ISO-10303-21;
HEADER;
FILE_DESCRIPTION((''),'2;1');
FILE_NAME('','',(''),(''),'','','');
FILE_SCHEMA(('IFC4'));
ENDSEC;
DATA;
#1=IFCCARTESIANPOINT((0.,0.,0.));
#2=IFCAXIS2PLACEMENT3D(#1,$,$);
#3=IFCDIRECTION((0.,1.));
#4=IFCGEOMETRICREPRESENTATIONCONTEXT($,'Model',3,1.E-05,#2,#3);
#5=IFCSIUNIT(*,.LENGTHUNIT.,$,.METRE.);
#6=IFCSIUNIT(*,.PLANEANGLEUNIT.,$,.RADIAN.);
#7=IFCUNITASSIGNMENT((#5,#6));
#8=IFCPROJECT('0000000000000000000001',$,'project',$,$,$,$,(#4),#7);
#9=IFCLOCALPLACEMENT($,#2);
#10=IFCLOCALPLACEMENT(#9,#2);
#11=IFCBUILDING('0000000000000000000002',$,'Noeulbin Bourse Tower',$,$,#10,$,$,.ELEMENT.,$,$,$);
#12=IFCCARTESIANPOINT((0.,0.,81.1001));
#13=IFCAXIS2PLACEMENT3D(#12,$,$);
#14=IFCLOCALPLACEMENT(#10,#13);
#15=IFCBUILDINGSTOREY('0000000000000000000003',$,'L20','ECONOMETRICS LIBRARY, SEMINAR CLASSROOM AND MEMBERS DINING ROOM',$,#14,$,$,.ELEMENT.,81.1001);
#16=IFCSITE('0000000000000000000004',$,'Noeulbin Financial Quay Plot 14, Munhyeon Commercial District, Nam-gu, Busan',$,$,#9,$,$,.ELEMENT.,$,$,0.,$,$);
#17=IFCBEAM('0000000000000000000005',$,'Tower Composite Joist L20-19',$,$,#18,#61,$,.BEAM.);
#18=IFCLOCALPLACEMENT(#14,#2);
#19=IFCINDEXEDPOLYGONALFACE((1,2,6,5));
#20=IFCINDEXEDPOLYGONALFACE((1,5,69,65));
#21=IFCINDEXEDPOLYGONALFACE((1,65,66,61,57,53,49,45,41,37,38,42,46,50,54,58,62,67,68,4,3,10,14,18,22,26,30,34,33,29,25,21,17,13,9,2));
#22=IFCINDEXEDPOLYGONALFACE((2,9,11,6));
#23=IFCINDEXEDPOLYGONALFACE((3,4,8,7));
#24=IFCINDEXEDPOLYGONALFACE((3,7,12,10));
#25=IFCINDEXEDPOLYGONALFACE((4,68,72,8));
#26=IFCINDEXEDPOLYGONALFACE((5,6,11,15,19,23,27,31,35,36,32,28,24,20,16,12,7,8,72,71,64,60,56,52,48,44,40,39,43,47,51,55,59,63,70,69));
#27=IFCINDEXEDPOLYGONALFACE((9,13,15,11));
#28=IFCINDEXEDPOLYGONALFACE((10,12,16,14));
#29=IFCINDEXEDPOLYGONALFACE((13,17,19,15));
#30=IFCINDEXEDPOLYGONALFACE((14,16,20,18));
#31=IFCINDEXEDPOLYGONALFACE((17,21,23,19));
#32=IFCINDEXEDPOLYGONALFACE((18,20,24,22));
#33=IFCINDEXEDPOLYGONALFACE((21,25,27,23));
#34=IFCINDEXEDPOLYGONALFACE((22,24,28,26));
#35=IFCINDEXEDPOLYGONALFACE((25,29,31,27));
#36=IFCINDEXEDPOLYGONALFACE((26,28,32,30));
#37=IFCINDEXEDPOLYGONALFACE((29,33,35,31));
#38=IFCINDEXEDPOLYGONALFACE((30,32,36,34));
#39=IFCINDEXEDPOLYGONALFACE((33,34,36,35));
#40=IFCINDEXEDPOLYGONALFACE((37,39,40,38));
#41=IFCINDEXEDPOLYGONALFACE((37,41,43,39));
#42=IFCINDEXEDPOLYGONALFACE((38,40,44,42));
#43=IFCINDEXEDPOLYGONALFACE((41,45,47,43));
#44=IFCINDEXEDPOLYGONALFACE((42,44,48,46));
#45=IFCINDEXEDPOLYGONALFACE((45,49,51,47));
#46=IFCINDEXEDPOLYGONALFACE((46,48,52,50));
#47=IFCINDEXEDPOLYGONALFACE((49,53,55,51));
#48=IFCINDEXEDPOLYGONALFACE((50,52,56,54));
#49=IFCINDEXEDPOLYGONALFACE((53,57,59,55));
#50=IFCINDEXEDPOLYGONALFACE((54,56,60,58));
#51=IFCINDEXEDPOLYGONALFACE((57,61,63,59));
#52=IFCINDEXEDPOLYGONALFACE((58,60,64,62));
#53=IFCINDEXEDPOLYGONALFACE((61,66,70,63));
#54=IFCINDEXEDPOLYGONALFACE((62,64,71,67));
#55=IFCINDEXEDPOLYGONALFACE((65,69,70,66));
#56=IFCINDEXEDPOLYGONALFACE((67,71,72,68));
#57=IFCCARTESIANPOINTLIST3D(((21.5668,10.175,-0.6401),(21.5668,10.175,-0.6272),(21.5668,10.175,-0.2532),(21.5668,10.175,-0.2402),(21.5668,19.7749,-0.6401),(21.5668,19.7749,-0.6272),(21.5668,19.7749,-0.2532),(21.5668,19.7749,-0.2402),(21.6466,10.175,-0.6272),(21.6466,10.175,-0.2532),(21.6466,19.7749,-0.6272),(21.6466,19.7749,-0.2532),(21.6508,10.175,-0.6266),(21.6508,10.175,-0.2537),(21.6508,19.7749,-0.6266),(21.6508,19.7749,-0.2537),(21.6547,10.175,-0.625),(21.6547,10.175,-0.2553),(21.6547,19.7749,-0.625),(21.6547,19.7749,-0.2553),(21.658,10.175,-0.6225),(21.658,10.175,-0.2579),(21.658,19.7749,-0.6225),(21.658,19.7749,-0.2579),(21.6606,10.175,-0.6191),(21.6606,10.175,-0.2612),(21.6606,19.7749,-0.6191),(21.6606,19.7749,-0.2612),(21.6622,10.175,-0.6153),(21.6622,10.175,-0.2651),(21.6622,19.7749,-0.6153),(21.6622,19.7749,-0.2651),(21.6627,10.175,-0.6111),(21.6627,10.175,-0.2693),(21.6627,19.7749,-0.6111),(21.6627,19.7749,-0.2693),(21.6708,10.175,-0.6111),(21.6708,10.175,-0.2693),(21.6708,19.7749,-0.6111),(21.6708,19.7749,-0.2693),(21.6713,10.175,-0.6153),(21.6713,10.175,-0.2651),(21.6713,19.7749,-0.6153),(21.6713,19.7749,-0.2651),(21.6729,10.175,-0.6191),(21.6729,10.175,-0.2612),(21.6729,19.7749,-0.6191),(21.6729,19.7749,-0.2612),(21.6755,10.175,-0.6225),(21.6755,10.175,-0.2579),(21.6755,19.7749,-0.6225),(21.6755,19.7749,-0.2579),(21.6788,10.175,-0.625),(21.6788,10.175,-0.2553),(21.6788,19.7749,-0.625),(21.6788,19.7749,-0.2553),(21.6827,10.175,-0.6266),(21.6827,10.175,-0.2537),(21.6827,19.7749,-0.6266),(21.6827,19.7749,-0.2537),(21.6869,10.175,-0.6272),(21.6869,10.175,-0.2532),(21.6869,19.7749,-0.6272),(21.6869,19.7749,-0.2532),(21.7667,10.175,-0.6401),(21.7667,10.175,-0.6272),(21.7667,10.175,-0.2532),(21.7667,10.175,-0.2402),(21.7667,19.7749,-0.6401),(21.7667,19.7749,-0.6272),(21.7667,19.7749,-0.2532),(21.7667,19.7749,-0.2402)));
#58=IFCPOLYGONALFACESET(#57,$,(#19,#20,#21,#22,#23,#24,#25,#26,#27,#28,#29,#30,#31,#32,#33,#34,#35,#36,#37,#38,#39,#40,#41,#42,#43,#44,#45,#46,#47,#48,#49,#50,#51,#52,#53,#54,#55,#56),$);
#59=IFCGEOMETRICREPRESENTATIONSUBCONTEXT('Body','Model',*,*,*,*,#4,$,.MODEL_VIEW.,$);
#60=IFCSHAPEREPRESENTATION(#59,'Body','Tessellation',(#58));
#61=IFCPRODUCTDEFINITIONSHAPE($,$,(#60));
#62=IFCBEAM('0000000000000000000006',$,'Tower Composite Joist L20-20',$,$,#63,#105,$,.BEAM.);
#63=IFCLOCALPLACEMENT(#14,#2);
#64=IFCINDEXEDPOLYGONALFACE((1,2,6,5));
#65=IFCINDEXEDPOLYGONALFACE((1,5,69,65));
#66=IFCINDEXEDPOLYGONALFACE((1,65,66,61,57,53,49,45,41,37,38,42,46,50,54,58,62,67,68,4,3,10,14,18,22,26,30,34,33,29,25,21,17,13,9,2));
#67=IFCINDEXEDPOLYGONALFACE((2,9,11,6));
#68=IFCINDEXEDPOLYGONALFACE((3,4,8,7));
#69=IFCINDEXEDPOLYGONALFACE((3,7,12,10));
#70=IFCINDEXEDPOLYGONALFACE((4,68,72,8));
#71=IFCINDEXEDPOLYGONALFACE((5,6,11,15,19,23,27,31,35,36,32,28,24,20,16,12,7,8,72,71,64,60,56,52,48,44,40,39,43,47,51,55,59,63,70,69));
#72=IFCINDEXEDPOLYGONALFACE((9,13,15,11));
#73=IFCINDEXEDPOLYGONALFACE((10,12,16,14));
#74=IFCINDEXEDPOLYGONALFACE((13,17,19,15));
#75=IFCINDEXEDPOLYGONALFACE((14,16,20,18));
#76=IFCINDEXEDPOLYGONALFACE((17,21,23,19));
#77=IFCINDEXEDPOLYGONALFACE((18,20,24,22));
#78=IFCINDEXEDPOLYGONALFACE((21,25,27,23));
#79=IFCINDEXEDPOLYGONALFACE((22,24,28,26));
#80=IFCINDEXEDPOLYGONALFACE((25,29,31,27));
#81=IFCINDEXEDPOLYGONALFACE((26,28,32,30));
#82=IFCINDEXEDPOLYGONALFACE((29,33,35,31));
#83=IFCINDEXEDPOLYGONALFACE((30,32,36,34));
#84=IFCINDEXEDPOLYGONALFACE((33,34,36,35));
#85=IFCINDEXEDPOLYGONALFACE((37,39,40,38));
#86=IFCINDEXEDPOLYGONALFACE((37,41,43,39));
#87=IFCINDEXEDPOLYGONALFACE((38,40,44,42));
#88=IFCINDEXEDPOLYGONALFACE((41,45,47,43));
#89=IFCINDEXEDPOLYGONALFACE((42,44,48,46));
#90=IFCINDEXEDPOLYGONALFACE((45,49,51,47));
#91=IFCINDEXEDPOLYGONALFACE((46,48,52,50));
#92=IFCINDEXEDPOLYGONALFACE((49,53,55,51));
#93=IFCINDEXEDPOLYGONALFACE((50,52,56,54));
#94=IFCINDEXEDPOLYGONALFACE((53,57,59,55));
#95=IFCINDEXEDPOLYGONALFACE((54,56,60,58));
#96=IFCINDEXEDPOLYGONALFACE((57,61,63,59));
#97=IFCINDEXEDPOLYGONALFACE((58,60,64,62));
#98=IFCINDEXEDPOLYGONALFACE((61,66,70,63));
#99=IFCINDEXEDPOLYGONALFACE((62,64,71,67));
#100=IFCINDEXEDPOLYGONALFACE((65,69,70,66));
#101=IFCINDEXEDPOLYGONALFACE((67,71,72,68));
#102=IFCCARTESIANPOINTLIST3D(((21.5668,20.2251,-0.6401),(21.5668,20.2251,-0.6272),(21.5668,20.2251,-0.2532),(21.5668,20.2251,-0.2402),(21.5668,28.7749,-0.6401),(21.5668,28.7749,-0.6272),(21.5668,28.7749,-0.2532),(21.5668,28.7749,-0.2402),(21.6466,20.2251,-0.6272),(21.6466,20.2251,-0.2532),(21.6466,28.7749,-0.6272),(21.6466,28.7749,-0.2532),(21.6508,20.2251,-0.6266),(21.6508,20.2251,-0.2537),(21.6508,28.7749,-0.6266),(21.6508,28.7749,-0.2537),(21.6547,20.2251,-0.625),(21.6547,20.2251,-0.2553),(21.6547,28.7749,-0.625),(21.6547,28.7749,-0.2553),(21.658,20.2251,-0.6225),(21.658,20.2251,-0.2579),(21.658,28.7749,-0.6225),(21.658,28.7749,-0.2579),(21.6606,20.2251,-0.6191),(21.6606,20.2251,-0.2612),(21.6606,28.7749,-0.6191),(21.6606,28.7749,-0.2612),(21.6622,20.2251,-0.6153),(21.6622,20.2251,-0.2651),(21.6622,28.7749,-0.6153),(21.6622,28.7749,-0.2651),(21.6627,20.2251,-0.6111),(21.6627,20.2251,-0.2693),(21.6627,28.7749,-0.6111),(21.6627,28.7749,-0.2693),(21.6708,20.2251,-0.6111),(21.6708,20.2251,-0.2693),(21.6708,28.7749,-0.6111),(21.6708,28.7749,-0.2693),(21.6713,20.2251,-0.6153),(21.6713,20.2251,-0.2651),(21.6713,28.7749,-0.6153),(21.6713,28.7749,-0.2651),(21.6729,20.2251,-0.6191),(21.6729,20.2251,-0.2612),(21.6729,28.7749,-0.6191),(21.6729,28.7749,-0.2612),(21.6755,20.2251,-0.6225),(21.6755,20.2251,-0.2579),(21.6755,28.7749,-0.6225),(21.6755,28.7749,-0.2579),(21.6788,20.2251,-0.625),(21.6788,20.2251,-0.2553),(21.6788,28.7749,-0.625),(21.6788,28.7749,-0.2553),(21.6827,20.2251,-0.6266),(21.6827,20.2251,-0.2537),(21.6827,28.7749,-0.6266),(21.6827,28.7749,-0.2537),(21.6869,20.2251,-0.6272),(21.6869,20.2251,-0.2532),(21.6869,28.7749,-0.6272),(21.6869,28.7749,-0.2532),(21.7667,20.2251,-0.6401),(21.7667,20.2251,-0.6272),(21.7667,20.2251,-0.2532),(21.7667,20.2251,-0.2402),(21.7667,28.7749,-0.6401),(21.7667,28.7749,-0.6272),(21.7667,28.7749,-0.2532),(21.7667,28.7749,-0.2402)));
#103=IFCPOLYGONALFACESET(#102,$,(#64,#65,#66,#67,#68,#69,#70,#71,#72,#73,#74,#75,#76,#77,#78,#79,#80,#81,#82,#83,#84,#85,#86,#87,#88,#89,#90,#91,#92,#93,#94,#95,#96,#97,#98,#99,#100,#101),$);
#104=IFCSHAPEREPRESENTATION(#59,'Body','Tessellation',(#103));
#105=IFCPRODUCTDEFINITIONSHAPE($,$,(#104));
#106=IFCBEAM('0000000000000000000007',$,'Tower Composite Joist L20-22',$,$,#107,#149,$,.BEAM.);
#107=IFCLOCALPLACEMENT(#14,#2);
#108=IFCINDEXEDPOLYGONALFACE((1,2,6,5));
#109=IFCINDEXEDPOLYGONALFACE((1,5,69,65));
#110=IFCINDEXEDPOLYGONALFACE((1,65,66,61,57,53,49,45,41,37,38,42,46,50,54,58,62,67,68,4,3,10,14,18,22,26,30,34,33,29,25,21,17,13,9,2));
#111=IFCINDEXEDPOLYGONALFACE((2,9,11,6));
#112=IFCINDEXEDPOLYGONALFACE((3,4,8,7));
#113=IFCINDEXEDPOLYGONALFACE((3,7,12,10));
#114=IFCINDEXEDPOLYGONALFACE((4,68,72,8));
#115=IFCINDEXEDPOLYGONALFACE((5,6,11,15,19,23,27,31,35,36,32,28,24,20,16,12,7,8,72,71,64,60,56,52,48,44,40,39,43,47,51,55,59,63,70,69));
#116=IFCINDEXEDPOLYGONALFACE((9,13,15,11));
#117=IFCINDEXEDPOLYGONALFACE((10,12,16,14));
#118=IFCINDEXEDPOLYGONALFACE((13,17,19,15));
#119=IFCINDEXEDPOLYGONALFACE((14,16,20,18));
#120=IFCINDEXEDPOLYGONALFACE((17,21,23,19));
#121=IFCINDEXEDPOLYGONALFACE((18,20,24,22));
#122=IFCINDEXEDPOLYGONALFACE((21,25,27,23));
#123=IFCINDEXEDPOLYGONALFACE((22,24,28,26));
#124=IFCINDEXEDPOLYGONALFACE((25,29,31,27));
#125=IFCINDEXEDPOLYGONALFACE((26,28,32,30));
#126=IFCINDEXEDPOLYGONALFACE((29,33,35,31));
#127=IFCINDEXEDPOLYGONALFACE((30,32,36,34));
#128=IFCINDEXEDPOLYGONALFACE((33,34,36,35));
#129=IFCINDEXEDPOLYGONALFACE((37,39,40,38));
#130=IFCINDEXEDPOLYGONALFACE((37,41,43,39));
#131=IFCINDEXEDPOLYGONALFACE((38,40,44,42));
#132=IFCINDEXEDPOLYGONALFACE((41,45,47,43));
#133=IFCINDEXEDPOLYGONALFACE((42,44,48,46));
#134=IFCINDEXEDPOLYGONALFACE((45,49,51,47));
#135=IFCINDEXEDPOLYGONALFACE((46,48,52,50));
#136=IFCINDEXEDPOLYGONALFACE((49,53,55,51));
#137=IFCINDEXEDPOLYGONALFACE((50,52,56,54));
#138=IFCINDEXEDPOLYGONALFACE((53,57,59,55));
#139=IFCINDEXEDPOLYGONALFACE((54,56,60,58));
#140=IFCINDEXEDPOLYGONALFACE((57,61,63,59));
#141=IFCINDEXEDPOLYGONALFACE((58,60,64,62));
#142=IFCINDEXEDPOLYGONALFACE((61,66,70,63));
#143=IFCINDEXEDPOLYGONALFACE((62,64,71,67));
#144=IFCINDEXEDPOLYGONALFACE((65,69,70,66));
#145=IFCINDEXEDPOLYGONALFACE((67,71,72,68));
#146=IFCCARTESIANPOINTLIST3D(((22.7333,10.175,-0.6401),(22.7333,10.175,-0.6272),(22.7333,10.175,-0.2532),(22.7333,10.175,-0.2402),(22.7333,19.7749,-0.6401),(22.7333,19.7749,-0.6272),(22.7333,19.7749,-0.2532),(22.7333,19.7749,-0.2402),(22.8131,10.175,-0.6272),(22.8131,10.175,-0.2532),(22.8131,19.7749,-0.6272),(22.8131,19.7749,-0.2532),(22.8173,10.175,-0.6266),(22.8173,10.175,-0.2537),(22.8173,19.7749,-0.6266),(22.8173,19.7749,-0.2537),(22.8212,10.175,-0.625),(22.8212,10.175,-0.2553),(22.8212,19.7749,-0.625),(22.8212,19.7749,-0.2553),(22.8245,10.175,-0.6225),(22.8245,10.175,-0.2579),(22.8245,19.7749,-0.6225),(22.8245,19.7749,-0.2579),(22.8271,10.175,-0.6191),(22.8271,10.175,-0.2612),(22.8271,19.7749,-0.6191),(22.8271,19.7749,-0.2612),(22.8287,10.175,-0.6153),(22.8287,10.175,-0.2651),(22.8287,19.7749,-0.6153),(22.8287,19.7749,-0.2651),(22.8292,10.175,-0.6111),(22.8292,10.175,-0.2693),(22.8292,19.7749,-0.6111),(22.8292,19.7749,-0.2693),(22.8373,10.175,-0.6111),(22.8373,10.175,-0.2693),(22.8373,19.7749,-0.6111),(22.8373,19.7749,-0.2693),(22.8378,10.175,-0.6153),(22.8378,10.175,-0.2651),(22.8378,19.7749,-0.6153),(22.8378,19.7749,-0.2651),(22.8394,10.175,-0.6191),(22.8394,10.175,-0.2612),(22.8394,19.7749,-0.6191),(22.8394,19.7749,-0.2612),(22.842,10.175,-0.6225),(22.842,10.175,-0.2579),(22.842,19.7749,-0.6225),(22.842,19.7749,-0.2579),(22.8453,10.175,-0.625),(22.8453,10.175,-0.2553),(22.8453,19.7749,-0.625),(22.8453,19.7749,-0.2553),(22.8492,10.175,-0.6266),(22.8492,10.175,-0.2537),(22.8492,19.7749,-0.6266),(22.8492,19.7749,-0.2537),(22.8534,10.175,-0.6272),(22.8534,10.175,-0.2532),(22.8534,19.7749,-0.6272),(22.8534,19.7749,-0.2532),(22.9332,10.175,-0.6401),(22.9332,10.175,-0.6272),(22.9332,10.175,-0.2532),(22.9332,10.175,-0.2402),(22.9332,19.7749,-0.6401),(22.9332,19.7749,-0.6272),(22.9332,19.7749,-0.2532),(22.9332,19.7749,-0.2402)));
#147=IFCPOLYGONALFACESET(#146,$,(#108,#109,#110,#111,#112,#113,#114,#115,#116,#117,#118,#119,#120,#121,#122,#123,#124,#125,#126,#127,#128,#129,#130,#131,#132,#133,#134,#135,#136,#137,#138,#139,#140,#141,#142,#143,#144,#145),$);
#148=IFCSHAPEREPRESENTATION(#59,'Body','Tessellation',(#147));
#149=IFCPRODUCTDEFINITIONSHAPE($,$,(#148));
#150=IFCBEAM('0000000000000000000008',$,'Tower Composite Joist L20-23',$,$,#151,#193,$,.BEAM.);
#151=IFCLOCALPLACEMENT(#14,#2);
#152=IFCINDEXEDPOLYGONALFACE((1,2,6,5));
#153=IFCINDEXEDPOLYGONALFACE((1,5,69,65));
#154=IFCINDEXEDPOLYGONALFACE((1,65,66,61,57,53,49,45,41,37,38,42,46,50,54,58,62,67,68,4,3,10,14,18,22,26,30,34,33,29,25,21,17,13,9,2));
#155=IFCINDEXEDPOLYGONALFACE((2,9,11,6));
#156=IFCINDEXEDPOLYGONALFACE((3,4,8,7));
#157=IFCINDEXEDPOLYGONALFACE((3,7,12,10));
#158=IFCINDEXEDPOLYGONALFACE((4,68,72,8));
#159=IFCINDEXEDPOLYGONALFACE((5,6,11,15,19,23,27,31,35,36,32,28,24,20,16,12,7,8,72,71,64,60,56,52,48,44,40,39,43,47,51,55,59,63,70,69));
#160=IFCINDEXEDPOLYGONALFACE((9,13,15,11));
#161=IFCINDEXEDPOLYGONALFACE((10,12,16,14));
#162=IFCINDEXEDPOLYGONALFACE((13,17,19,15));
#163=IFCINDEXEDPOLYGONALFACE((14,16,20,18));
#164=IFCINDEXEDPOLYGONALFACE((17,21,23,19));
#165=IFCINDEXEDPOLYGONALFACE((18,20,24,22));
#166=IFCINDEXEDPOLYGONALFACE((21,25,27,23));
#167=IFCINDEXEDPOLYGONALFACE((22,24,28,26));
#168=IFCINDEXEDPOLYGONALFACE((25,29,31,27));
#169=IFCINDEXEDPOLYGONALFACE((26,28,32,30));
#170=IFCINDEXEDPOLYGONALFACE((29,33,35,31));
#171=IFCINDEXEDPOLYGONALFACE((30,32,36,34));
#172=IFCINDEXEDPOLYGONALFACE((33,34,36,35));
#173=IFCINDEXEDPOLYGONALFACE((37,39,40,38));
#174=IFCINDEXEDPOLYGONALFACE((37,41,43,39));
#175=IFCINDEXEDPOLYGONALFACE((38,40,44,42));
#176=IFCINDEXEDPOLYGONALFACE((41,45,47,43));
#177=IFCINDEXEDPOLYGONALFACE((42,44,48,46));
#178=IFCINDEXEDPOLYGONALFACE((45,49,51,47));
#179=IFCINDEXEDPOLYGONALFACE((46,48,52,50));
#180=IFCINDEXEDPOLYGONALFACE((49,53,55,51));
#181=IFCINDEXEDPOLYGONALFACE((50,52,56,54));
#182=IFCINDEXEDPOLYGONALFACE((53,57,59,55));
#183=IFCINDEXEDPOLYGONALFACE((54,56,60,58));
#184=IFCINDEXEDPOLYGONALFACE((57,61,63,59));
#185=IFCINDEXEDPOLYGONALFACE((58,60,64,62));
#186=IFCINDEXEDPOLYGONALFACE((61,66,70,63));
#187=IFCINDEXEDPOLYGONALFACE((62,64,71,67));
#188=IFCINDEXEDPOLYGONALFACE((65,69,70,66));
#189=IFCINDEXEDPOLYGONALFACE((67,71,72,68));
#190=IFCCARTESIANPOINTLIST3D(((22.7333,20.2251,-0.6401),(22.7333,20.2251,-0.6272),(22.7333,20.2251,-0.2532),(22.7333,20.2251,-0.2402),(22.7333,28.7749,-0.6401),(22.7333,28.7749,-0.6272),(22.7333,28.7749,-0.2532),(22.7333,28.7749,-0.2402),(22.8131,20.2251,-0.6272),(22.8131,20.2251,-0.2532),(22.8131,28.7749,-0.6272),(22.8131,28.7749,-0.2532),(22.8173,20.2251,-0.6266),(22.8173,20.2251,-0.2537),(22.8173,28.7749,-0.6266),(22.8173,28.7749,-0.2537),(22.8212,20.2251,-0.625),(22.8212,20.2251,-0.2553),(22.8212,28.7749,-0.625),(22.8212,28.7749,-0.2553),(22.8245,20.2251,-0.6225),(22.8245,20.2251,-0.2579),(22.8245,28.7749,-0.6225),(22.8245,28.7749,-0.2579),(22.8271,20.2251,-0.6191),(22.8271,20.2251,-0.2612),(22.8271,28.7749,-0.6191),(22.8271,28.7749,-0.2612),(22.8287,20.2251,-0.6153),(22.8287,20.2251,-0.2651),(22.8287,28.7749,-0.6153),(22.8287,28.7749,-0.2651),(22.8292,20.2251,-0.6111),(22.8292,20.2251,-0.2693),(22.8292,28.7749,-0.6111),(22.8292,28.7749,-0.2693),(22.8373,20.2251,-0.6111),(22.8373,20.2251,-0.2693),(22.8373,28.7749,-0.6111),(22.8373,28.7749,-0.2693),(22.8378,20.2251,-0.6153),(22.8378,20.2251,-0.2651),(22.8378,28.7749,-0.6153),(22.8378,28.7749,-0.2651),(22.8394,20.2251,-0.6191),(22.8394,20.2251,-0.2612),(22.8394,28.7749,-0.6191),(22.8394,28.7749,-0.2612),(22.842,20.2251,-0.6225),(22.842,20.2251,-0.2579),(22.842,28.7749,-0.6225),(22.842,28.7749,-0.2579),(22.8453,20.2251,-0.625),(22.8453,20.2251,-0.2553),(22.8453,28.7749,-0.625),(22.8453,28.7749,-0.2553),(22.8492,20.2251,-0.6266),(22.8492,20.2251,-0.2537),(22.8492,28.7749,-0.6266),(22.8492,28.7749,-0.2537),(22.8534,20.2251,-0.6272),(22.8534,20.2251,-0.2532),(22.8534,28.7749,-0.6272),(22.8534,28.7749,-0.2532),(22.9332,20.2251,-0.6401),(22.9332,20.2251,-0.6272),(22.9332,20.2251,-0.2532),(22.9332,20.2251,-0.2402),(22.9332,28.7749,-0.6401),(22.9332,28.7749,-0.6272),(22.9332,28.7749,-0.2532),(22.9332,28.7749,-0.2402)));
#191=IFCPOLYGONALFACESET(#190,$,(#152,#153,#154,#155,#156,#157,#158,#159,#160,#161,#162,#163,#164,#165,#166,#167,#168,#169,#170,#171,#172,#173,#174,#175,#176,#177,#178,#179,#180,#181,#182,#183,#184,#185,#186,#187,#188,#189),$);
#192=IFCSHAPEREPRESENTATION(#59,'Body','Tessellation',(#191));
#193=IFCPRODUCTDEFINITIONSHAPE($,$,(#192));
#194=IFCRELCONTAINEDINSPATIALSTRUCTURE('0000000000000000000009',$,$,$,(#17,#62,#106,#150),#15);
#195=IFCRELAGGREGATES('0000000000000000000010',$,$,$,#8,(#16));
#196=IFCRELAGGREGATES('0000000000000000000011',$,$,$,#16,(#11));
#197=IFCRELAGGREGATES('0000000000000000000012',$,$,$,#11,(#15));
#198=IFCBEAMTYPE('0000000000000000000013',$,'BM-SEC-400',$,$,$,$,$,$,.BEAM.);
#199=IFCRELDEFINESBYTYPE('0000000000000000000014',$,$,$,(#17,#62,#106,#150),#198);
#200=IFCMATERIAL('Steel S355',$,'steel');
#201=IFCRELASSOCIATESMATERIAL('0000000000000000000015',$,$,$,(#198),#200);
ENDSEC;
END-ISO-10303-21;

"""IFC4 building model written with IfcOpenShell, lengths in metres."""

from ifc_helpers import new_model, si_unit, direction, frame, origin, origin_2d, place, context, subcontext, project, spatial, i_section, extrude, material, material_profile, profile_set, type_object, element, save


model = new_model("IFC4")

# Units and contexts
model_context = context("Model", 3, precision=1e-05, world=origin(), true_north=direction((0.0, 1.0)))
body_context = subcontext(model_context, "Body", "Model", "MODEL_VIEW")
ifc_project = project(units=[si_unit("LENGTHUNIT", "METRE"), si_unit("PLANEANGLEUNIT", "RADIAN")], contexts=[model_context])

# Site, building, storey
site_placement = place(None, origin())
site = spatial("IfcSite", under=ifc_project, at=site_placement, Name="Noeulbin Financial Quay Plot 14, Munhyeon Commercial District, Nam-gu, Busan", CompositionType="ELEMENT", RefElevation=0.0)
building_placement = place(site_placement, origin())
building = spatial("IfcBuilding", under=site, at=building_placement, Name="Noeulbin Bourse Tower", CompositionType="ELEMENT")
storey_placement = place(building_placement, frame((0.0, 0.0, 81.1001)))
storey = spatial("IfcBuildingStorey", under=building, at=storey_placement, Name="L20", Description="ECONOMETRICS LIBRARY, SEMINAR CLASSROOM AND MEMBERS DINING ROOM", CompositionType="ELEMENT", Elevation=81.1001)

# Beams
ifc_material_1 = material(Name="Steel S355", Category="steel")
ifc_material_profile_1 = material_profile(ifc_material_1, i_section(OverallWidth=0.2, OverallDepth=0.3999, WebThickness=0.0081, FlangeThickness=0.0129, FilletRadius=0.0161, at=origin_2d()), Name="H-400x200x8x13", Category="LoadBearing")
ifc_profile_set_1 = profile_set([ifc_material_profile_1], Name="Steel S355")
beam_type_1 = type_object("IfcBeamType", Name="BM-SEC-400", PredefinedType="BEAM", material=ifc_profile_set_1)
beam_1_placement = place(storey_placement, frame((21.6667, 10.175, -0.4402), z_axis=(0.0, 1.0, 0.0), x_axis=(-1.0, 0.0, 0.0)))
element("IfcBeam", 1, at=beam_1_placement, inside=storey, type_object=beam_type_1, Name="Tower Composite Joist L20-19", PredefinedType="BEAM", context=body_context, shape_type="SweptSolid", body=[
    extrude(i_section(OverallWidth=0.2, OverallDepth=0.3999, WebThickness=0.0081, FlangeThickness=0.0129, FilletRadius=0.0161, at=origin_2d()), origin(), (0.0, 0.0, 1.0), 9.5999),
])
beam_2_placement = place(storey_placement, frame((21.6667, 20.2251, -0.4402), z_axis=(0.0, 1.0, 0.0), x_axis=(-1.0, 0.0, 0.0)))
element("IfcBeam", 2, at=beam_2_placement, inside=storey, type_object=beam_type_1, Name="Tower Composite Joist L20-20", PredefinedType="BEAM", context=body_context, shape_type="SweptSolid", body=[
    extrude(i_section(OverallWidth=0.2, OverallDepth=0.3999, WebThickness=0.0081, FlangeThickness=0.0129, FilletRadius=0.0161, at=origin_2d()), origin(), (0.0, 0.0, 1.0), 8.5498),
])
beam_3_placement = place(storey_placement, frame((22.8333, 10.175, -0.4402), z_axis=(0.0, 1.0, 0.0), x_axis=(-1.0, 0.0, 0.0)))
element("IfcBeam", 3, at=beam_3_placement, inside=storey, type_object=beam_type_1, Name="Tower Composite Joist L20-22", PredefinedType="BEAM", context=body_context, shape_type="SweptSolid", body=[
    extrude(i_section(OverallWidth=0.2, OverallDepth=0.3999, WebThickness=0.0081, FlangeThickness=0.0129, FilletRadius=0.0161, at=origin_2d()), origin(), (0.0, 0.0, 1.0), 9.5999),
])
beam_4_placement = place(storey_placement, frame((22.8333, 20.2251, -0.4402), z_axis=(0.0, 1.0, 0.0), x_axis=(-1.0, 0.0, 0.0)))
element("IfcBeam", 4, at=beam_4_placement, inside=storey, type_object=beam_type_1, Name="Tower Composite Joist L20-23", PredefinedType="BEAM", context=body_context, shape_type="SweptSolid", body=[
    extrude(i_section(OverallWidth=0.2, OverallDepth=0.3999, WebThickness=0.0081, FlangeThickness=0.0129, FilletRadius=0.0161, at=origin_2d()), origin(), (0.0, 0.0, 1.0), 8.5498),
])

save(model, "model.ifc")
